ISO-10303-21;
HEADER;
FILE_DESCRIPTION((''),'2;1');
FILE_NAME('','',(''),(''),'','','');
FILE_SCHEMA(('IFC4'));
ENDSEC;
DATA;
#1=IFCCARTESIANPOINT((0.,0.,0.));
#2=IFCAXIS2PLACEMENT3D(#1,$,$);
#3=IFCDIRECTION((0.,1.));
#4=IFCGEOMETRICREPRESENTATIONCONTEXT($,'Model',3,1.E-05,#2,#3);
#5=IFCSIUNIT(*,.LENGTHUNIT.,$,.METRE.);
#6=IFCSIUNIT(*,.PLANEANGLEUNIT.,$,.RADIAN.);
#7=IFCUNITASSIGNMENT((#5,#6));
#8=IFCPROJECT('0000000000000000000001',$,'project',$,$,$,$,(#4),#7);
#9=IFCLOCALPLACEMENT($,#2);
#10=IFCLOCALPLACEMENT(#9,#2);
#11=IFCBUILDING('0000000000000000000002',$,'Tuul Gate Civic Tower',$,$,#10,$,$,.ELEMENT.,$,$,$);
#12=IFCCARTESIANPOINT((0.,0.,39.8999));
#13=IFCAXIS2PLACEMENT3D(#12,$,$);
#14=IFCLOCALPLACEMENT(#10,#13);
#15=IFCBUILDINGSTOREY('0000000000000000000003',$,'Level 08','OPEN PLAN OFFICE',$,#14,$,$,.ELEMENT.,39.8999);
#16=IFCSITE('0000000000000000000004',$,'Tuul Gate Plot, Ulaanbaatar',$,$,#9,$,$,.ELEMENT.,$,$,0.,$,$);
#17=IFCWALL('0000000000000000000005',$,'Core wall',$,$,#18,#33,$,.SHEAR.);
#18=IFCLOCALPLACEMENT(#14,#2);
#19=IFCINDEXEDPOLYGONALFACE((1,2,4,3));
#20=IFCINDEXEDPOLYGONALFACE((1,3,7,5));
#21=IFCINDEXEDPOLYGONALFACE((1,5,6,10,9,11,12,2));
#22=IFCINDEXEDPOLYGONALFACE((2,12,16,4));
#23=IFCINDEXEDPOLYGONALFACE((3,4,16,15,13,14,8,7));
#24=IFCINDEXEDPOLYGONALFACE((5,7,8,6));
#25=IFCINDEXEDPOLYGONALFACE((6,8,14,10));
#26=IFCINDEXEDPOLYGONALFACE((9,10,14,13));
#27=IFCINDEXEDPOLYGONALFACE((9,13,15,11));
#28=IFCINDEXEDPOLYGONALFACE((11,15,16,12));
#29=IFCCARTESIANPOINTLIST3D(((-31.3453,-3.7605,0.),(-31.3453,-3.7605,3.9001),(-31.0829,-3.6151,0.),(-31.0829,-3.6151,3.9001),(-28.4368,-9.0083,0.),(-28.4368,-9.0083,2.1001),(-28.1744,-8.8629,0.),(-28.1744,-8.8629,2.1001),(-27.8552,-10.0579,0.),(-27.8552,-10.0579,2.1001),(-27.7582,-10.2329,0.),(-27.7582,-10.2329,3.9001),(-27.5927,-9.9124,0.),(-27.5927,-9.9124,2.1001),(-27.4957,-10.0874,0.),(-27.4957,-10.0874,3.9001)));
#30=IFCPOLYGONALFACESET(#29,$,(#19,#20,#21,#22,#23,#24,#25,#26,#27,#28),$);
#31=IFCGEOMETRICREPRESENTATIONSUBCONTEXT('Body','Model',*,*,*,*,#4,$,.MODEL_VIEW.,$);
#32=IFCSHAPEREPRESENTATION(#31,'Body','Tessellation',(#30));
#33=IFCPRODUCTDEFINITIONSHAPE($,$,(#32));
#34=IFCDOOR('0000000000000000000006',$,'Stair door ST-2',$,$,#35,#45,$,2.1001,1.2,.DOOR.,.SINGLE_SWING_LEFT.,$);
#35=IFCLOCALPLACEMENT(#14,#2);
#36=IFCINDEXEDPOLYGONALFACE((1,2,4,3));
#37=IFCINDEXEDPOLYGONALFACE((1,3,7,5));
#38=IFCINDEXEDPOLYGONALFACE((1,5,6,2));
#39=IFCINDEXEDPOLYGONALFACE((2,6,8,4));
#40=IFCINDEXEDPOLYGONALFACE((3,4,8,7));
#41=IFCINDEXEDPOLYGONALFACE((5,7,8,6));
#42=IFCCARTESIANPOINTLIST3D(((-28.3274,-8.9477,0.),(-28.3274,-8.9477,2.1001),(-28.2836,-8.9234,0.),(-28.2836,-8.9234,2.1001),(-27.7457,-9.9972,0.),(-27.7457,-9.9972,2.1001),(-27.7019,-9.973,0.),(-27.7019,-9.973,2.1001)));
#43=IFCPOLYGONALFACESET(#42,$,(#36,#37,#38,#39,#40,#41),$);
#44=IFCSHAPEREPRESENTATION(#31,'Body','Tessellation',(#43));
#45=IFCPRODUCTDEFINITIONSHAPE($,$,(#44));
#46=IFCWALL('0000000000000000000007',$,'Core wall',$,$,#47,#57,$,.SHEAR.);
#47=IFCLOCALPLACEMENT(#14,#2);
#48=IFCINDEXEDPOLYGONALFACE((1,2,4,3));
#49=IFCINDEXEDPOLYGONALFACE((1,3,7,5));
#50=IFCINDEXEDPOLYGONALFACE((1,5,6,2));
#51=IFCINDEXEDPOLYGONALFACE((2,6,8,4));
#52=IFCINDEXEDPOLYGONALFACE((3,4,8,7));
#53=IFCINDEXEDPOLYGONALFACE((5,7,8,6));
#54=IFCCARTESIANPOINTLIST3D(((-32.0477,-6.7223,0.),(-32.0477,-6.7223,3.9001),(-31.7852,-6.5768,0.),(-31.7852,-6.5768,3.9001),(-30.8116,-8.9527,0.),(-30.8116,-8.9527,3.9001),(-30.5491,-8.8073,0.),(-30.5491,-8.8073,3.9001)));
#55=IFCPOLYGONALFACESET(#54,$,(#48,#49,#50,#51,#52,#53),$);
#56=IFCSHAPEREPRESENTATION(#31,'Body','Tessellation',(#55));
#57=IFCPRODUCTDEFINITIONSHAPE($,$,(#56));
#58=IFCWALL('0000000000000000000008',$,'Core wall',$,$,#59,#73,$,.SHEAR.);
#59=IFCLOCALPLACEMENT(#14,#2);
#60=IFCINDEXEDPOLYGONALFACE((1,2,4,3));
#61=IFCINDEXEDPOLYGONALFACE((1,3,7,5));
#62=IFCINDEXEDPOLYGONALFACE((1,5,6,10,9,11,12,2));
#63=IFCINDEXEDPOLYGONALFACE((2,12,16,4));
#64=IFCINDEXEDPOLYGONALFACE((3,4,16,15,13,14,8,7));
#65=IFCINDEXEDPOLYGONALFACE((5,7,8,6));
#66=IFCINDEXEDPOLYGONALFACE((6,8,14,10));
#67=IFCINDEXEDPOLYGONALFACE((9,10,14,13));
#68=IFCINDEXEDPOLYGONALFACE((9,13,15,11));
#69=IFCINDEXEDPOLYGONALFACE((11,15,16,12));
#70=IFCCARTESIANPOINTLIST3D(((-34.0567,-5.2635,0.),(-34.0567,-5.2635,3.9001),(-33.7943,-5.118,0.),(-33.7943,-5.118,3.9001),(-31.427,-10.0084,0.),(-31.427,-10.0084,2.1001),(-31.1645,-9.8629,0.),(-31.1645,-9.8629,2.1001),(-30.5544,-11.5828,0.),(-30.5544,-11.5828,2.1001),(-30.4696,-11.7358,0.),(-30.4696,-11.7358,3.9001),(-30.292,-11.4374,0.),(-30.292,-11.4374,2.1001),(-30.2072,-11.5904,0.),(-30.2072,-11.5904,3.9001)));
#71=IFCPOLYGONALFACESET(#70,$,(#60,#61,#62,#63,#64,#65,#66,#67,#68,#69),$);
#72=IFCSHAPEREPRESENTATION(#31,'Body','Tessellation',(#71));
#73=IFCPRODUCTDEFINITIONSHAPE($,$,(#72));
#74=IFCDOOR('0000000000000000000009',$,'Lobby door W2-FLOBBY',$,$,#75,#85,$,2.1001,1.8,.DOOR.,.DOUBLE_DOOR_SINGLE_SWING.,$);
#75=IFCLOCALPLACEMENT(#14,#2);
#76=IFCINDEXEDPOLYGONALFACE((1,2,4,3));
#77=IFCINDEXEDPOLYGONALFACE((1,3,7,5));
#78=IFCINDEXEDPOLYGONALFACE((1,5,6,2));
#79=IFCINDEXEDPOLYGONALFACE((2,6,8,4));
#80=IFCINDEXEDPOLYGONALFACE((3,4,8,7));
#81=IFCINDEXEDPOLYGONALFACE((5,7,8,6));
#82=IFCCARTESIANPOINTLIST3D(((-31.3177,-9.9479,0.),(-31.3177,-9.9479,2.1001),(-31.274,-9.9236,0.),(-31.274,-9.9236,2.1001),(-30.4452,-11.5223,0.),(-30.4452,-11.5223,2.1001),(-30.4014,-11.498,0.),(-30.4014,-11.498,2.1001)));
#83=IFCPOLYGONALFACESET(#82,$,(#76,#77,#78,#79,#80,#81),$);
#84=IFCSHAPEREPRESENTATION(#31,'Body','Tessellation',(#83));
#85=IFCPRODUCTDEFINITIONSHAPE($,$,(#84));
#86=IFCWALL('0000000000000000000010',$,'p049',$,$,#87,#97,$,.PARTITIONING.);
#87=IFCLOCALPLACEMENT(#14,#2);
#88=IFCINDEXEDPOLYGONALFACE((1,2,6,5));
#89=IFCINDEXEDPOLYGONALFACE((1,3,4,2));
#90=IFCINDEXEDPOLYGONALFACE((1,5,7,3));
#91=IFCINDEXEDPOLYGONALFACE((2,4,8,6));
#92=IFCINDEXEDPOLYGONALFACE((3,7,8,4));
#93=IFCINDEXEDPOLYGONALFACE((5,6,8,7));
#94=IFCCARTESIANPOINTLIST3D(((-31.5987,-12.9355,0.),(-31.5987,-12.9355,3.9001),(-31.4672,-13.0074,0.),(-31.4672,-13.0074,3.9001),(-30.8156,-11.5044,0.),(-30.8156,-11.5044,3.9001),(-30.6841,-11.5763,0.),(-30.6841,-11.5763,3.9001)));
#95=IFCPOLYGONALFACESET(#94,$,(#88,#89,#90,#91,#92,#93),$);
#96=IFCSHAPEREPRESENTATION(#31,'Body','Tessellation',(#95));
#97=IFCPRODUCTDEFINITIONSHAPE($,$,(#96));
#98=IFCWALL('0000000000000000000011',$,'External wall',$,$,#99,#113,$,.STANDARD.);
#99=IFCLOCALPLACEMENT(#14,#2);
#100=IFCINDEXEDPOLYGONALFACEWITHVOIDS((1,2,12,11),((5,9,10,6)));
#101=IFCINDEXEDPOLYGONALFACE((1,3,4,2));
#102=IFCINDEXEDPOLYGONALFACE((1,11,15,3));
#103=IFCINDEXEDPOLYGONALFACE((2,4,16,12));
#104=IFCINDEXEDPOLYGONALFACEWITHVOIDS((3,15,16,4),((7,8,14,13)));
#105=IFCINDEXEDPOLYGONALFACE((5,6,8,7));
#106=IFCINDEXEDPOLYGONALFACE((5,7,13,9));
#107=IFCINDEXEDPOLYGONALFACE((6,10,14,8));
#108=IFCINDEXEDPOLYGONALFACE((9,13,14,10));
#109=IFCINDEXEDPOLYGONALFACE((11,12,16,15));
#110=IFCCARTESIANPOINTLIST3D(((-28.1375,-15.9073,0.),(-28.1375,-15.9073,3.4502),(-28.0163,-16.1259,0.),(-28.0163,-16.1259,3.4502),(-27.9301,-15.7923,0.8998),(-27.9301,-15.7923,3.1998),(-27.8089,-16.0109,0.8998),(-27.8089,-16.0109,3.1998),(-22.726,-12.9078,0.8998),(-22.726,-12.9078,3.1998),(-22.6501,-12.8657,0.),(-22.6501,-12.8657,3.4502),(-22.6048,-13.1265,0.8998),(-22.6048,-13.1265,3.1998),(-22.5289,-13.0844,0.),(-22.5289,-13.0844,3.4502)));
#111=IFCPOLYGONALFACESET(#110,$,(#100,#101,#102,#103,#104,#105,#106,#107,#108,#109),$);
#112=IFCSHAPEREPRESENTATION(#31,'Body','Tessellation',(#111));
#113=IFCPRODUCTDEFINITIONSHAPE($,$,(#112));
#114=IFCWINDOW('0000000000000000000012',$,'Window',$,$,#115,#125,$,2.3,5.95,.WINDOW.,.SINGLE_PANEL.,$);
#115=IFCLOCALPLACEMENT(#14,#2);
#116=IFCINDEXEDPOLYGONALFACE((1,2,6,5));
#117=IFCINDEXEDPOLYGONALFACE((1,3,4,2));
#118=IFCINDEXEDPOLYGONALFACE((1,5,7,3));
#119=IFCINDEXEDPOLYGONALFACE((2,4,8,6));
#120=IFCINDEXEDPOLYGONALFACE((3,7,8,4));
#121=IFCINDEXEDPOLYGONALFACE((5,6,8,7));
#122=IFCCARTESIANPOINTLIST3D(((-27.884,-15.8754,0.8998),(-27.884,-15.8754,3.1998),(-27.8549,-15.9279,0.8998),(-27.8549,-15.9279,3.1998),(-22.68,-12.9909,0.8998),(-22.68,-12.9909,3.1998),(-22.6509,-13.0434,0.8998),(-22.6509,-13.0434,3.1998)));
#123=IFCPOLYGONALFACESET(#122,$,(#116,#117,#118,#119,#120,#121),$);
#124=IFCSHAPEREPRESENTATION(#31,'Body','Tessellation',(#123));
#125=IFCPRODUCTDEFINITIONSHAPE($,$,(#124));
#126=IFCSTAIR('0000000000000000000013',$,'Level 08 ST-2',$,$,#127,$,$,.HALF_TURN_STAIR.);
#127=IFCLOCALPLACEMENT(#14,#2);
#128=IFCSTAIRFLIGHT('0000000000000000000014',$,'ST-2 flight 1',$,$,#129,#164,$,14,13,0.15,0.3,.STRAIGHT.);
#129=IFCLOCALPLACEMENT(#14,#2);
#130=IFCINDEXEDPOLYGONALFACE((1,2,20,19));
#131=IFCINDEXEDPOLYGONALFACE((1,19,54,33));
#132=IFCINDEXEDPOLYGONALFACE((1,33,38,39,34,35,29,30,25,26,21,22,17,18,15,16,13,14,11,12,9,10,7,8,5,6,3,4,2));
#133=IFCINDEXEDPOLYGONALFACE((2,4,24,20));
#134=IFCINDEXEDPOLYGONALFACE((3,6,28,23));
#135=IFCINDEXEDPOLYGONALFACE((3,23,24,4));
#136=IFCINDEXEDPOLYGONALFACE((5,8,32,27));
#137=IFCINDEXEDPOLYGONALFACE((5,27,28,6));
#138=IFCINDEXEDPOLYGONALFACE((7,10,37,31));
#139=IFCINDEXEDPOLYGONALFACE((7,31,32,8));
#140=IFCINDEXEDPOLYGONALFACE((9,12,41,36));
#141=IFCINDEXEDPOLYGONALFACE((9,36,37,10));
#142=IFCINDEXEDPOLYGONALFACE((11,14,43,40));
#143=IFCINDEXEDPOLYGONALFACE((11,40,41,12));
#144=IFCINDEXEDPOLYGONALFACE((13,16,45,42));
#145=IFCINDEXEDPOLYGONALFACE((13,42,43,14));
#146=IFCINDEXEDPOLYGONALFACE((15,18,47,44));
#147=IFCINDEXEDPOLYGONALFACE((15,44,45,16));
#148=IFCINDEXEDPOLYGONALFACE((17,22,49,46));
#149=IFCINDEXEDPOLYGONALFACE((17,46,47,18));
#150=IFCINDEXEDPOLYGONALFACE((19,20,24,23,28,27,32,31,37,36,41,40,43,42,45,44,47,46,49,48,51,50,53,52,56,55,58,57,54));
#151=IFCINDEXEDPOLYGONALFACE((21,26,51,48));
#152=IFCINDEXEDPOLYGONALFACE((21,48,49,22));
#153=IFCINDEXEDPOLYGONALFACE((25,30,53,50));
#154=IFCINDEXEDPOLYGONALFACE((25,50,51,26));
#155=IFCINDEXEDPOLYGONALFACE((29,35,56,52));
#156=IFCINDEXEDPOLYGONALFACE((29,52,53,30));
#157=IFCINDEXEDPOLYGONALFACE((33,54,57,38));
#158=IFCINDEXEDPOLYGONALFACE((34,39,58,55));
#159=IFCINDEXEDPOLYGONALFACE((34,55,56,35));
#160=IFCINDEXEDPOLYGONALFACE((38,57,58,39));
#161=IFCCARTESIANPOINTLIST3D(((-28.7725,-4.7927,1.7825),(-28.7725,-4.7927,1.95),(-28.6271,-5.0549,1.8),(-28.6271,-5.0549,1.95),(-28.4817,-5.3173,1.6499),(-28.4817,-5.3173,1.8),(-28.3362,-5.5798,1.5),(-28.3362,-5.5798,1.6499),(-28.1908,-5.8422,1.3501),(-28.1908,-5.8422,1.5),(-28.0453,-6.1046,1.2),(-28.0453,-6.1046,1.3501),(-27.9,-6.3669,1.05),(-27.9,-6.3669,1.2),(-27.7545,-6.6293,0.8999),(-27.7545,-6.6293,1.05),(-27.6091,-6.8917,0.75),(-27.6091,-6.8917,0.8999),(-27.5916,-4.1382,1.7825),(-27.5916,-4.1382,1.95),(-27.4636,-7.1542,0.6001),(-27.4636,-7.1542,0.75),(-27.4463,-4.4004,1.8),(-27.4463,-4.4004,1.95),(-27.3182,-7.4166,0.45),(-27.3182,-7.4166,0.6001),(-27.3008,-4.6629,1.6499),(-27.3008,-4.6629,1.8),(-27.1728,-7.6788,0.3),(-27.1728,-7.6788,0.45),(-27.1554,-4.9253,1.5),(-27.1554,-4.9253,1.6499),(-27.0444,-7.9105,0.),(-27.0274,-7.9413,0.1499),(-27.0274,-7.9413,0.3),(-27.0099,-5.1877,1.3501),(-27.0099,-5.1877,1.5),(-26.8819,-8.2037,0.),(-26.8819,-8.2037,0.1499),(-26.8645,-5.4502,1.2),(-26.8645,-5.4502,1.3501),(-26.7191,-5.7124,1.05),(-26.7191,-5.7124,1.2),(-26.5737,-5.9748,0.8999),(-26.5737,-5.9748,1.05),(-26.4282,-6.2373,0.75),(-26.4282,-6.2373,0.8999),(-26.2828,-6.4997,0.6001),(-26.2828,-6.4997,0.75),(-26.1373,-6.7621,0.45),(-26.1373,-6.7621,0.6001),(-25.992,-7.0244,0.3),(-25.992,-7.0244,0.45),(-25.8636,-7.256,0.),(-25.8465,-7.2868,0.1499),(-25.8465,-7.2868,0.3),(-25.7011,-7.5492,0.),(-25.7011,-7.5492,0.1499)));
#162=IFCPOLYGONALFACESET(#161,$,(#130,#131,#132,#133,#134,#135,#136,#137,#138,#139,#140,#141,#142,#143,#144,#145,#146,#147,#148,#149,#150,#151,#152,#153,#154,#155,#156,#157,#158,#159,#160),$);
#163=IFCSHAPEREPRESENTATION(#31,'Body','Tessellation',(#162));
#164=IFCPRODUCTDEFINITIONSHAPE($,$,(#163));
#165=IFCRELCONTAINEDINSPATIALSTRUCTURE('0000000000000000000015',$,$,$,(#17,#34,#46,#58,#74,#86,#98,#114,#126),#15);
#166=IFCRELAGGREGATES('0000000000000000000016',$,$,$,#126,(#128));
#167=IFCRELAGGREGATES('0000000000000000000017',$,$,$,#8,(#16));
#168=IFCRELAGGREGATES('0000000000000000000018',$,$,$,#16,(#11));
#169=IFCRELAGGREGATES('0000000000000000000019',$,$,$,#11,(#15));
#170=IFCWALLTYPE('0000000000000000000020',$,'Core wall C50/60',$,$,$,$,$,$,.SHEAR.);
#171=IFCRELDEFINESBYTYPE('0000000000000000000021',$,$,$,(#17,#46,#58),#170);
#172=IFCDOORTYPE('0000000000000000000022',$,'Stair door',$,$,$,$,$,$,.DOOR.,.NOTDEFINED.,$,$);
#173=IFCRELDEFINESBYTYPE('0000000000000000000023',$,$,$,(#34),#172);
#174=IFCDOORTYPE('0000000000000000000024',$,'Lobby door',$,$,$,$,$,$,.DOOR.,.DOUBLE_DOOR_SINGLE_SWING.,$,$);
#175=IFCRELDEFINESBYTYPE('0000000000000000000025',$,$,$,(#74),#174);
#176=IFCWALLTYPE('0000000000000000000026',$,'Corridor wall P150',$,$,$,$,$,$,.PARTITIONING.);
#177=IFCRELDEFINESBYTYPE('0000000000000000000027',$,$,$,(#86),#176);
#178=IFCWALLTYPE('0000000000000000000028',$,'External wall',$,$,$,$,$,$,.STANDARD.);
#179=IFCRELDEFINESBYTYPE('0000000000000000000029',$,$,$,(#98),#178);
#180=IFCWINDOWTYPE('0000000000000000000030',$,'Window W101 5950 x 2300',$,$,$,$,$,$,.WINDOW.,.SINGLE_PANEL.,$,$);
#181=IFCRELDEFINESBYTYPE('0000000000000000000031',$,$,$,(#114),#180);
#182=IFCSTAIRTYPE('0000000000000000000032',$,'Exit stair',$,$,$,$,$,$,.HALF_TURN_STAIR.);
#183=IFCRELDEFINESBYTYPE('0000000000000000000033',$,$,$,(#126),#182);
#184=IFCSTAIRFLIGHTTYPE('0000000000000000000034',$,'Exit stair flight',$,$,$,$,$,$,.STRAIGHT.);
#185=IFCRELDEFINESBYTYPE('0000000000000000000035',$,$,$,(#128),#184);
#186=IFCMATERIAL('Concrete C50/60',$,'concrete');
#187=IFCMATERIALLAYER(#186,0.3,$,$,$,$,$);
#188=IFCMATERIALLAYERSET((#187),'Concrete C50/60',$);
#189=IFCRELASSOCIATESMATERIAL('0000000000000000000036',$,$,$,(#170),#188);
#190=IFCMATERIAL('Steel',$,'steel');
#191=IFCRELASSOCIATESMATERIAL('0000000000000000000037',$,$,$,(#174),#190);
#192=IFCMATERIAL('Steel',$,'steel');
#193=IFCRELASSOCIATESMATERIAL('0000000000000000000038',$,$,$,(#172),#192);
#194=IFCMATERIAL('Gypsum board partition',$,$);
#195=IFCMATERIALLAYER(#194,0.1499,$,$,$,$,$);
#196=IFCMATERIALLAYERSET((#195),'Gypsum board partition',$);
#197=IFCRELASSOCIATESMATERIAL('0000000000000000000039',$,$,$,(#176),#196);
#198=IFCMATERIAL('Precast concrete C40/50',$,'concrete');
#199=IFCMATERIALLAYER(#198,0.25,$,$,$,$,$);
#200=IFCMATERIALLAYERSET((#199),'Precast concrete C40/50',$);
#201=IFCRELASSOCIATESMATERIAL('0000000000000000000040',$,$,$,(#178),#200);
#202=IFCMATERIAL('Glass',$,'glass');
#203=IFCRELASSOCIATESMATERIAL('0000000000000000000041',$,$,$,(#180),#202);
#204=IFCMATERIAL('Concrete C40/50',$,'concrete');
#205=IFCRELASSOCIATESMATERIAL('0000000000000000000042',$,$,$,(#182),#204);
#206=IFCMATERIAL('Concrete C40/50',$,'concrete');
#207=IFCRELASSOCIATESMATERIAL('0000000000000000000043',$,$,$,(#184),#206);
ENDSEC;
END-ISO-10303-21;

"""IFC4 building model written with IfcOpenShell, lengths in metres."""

from ifc_helpers import new_model, si_unit, direction, frame, frame_2d, origin, place, context, subcontext, project, spatial, polyline, rectangle, outline, extrude, material, layer, layer_set, type_object, element, fill, aggregate, save


model = new_model("IFC4")

# Units and contexts
model_context = context("Model", 3, precision=1e-05, world=origin(), true_north=direction((0.0, 1.0)))
body_context = subcontext(model_context, "Body", "Model", "MODEL_VIEW")
ifc_project = project(units=[si_unit("LENGTHUNIT", "METRE"), si_unit("PLANEANGLEUNIT", "RADIAN")], contexts=[model_context])

# Site, building, storey
site_placement = place(None, origin())
site = spatial("IfcSite", under=ifc_project, at=site_placement, Name="Tuul Gate Plot, Ulaanbaatar", CompositionType="ELEMENT", RefElevation=0.0)
building_placement = place(site_placement, origin())
building = spatial("IfcBuilding", under=site, at=building_placement, Name="Tuul Gate Civic Tower", CompositionType="ELEMENT")
storey_placement = place(building_placement, frame((0.0, 0.0, 39.8999)))
storey = spatial("IfcBuildingStorey", under=building, at=storey_placement, Name="Level 08", Description="OPEN PLAN OFFICE", CompositionType="ELEMENT", Elevation=39.8999)

# Shared definitions
ifc_material_1 = material(Name="Concrete C50/60", Category="concrete")
ifc_layer_1 = layer(ifc_material_1, 0.3)
ifc_layer_set_1 = layer_set([ifc_layer_1], Name="Concrete C50/60")
wall_type_1 = type_object("IfcWallType", Name="Core wall C50/60", PredefinedType="SHEAR", material=ifc_layer_set_1)
ifc_material_2 = material(Name="Steel", Category="steel")
door_type_1 = type_object("IfcDoorType", Name="Lobby door", OperationType="DOUBLE_DOOR_SINGLE_SWING", PredefinedType="DOOR", material=ifc_material_2)

# Wall, opening, door
wall_1_placement = place(storey_placement, frame((-27.627, -10.1602, 0.0), z_axis=(0.0, 0.0, 1.0), x_axis=(-0.484752, 0.874652, 0.0)))
wall_1 = element("IfcWall", 1, at=wall_1_placement, inside=storey, type_object=wall_type_1, Name="Core wall", PredefinedType="SHEAR", context=body_context, shape_type="SweptSolid", body=[
    extrude(rectangle(XDim=7.3999, YDim=0.3, at=frame_2d((3.7, 0.0))), origin(), (0.0, 0.0, 1.0), 3.9001),
])
opening_1_placement = place(wall_1_placement, frame((0.2, 0.0, 0.0)))
opening_1 = element("IfcOpeningElement", 2, at=opening_1_placement, cuts=wall_1, PredefinedType="OPENING", context=body_context, shape_type="SweptSolid", body=[
    extrude(rectangle(XDim=1.2, YDim=2.1001, at=frame_2d((0.6001, 1.05))), frame((0.0, 0.1602, 0.0), z_axis=(0.0, -1.0, 0.0), x_axis=(1.0, 0.0, 0.0)), (0.0, 0.0, 1.0), 0.3201),
])
ifc_material_3 = material(Name="Steel", Category="steel")
door_type_2 = type_object("IfcDoorType", Name="Stair door", OperationType="NOTDEFINED", PredefinedType="DOOR", material=ifc_material_3)
door_1_placement = place(opening_1_placement, origin())
door_1 = element("IfcDoor", 3, at=door_1_placement, inside=storey, type_object=door_type_2, Name="Stair door ST-2", OperationType="SINGLE_SWING_LEFT", OverallHeight=2.1001, OverallWidth=1.2, PredefinedType="DOOR", context=body_context, shape_type="SweptSolid", body=[
    extrude(rectangle(XDim=1.2, YDim=2.1001, at=frame_2d((0.6001, 1.05))), frame((0.0, 0.0249, 0.0), z_axis=(0.0, -1.0, 0.0), x_axis=(1.0, 0.0, 0.0)), (0.0, 0.0, 1.0), 0.05),
])
fill(opening_1, door_1)

# Wall
wall_2_placement = place(storey_placement, frame((-30.6804, -8.8799, 0.0), z_axis=(0.0, 0.0, 1.0), x_axis=(-0.484724, 0.874667, 0.0)))
element("IfcWall", 4, at=wall_2_placement, inside=storey, type_object=wall_type_1, Name="Core wall", PredefinedType="SHEAR", context=body_context, shape_type="SweptSolid", body=[
    extrude(rectangle(XDim=2.55, YDim=0.3, at=frame_2d((1.2749, 0.0))), origin(), (0.0, 0.0, 1.0), 3.9001),
])

# Wall, opening, door
wall_3_placement = place(storey_placement, frame((-30.3384, -11.6631, 0.0), z_axis=(0.0, 0.0, 1.0), x_axis=(-0.484752, 0.874652, 0.0)))
wall_3 = element("IfcWall", 5, at=wall_3_placement, inside=storey, type_object=wall_type_1, Name="Core wall", PredefinedType="SHEAR", context=body_context, shape_type="SweptSolid", body=[
    extrude(rectangle(XDim=7.3999, YDim=0.3, at=frame_2d((3.7, 0.0))), origin(), (0.0, 0.0, 1.0), 3.9001),
])
opening_2_placement = place(wall_3_placement, frame((0.175, 0.0, 0.0)))
opening_2 = element("IfcOpeningElement", 6, at=opening_2_placement, cuts=wall_3, PredefinedType="OPENING", context=body_context, shape_type="SweptSolid", body=[
    extrude(rectangle(XDim=1.8, YDim=2.1001, at=frame_2d((0.8999, 1.05))), frame((0.0, 0.1602, 0.0), z_axis=(0.0, -1.0, 0.0), x_axis=(1.0, 0.0, 0.0)), (0.0, 0.0, 1.0), 0.3201),
])
door_2_placement = place(opening_2_placement, frame((1.8, 0.0, 0.0), z_axis=(0.0, 0.0, 1.0), x_axis=(-1.0, 0.0, 0.0)))
door_2 = element("IfcDoor", 7, at=door_2_placement, inside=storey, type_object=door_type_1, Name="Lobby door W2-FLOBBY", OperationType="DOUBLE_DOOR_SINGLE_SWING", OverallHeight=2.1001, OverallWidth=1.8, PredefinedType="DOOR", context=body_context, shape_type="SweptSolid", body=[
    extrude(rectangle(XDim=1.8, YDim=2.1001, at=frame_2d((0.9001, 1.05))), frame((0.0, 0.0249, 0.0), z_axis=(0.0, -1.0, 0.0), x_axis=(1.0, 0.0, 0.0)), (0.0, 0.0, 1.0), 0.05),
])
fill(opening_2, door_2)

# Wall
ifc_material_4 = material(Name="Gypsum board partition")
ifc_layer_2 = layer(ifc_material_4, 0.1499)
ifc_layer_set_2 = layer_set([ifc_layer_2], Name="Gypsum board partition")
wall_type_2 = type_object("IfcWallType", Name="Corridor wall P150", PredefinedType="PARTITIONING", material=ifc_layer_set_2)
wall_4_placement = place(storey_placement, frame((-31.533, -12.9714, 0.0), z_axis=(0.0, 0.0, 1.0), x_axis=(0.480068, 0.877231, 0.0)))
element("IfcWall", 8, at=wall_4_placement, inside=storey, type_object=wall_type_2, Name="p049", PredefinedType="PARTITIONING", context=body_context, shape_type="SweptSolid", body=[
    extrude(rectangle(XDim=1.6313, YDim=0.1499, at=frame_2d((0.8157, 0.0))), origin(), (0.0, 0.0, 1.0), 3.9001),
])

# Wall, opening, window
ifc_material_5 = material(Name="Precast concrete C40/50", Category="concrete")
ifc_layer_3 = layer(ifc_material_5, 0.25)
ifc_layer_set_3 = layer_set([ifc_layer_3], Name="Precast concrete C40/50")
wall_type_3 = type_object("IfcWallType", Name="External wall", PredefinedType="STANDARD", material=ifc_layer_set_3)
wall_5_placement = place(storey_placement, frame((-28.0769, -16.0166, 0.0), z_axis=(0.0, 0.0, 1.0), x_axis=(0.87463, 0.48479, 0.0)))
wall_5 = element("IfcWall", 9, at=wall_5_placement, inside=storey, type_object=wall_type_3, Name="External wall", PredefinedType="STANDARD", context=body_context, shape_type="SweptSolid", body=[
    extrude(rectangle(XDim=6.2739, YDim=0.25, at=frame_2d((3.137, 0.0))), origin(), (0.0, 0.0, 1.0), 3.4502),
])
opening_3_placement = place(wall_5_placement, frame((0.2371, 0.0, 0.8999)))
opening_3 = element("IfcOpeningElement", 10, at=opening_3_placement, cuts=wall_5, PredefinedType="OPENING", context=body_context, shape_type="SweptSolid", body=[
    extrude(rectangle(XDim=5.95, YDim=2.3, at=frame_2d((2.9751, 1.1499))), frame((0.0, 0.135, 0.0), z_axis=(0.0, -1.0, 0.0), x_axis=(1.0, 0.0, 0.0)), (0.0, 0.0, 1.0), 0.27),
])
ifc_material_6 = material(Name="Glass", Category="glass")
window_type = type_object("IfcWindowType", Name="Window W101 5950 x 2300", PartitioningType="SINGLE_PANEL", PredefinedType="WINDOW", material=ifc_material_6)
window_placement = place(opening_3_placement, origin())
window = element("IfcWindow", 11, at=window_placement, inside=storey, type_object=window_type, Name="Window", OverallHeight=2.3, OverallWidth=5.95, PartitioningType="SINGLE_PANEL", PredefinedType="WINDOW", context=body_context, shape_type="SweptSolid", body=[
    extrude(rectangle(XDim=5.95, YDim=2.3, at=frame_2d((2.9751, 1.1499))), frame((0.0, 0.03, 0.0), z_axis=(0.0, -1.0, 0.0), x_axis=(1.0, 0.0, 0.0)), (0.0, 0.0, 1.0), 0.0601),
])
fill(opening_3, window)

# Stair, stair flight
ifc_material_7 = material(Name="Concrete C40/50", Category="concrete")
stair_type = type_object("IfcStairType", Name="Exit stair", PredefinedType="HALF_TURN_STAIR", material=ifc_material_7)
stair_placement = place(storey_placement, origin())
stair = element("IfcStair", 12, at=stair_placement, inside=storey, type_object=stair_type, Name="Level 08 ST-2", PredefinedType="HALF_TURN_STAIR")
ifc_material_8 = material(Name="Concrete C40/50", Category="concrete")
stair_flight_type = type_object("IfcStairFlightType", Name="Exit stair flight", PredefinedType="STRAIGHT", material=ifc_material_8)
stair_flight_placement = place(storey_placement, frame((-26.2915, -7.8765, 0.0), z_axis=(0.0, 0.0, 1.0), x_axis=(-0.484762, 0.874646, 0.0)))
stair_flight = element("IfcStairFlight", 13, at=stair_flight_placement, type_object=stair_flight_type, Name="ST-2 flight 1", NumberOfRisers=14, NumberOfTreads=13, PredefinedType="STRAIGHT", RiserHeight=0.15, TreadLength=0.3, context=body_context, shape_type="SweptSolid", body=[
    extrude(outline(polyline([(0.0, 0.0), (0.0, 0.1499), (0.3, 0.1499), (0.3, 0.3), (0.6001, 0.3), (0.6001, 0.45), (0.8999, 0.45), (0.8999, 0.6001), (1.2, 0.6001), (1.2, 0.75), (1.5, 0.75), (1.5, 0.8999), (1.8, 0.8999), (1.8, 1.05), (2.1001, 1.05), (2.1001, 1.2), (2.3999, 1.2), (2.3999, 1.3501), (2.7, 1.3501), (2.7, 1.5), (3.0, 1.5), (3.0, 1.6499), (3.3, 1.6499), (3.3, 1.8), (3.6001, 1.8), (3.6001, 1.95), (3.8999, 1.95), (3.8999, 2.1001), (3.8999, 1.7825), (0.3352, 0.0), (0.0, 0.0)])), frame((0.0, 0.675, 0.0), z_axis=(0.0, -1.0, 0.0), x_axis=(1.0, 0.0, 0.0)), (0.0, 0.0, 1.0), 1.3501),
])
aggregate(stair, [stair_flight])

save(model, "model.ifc")
